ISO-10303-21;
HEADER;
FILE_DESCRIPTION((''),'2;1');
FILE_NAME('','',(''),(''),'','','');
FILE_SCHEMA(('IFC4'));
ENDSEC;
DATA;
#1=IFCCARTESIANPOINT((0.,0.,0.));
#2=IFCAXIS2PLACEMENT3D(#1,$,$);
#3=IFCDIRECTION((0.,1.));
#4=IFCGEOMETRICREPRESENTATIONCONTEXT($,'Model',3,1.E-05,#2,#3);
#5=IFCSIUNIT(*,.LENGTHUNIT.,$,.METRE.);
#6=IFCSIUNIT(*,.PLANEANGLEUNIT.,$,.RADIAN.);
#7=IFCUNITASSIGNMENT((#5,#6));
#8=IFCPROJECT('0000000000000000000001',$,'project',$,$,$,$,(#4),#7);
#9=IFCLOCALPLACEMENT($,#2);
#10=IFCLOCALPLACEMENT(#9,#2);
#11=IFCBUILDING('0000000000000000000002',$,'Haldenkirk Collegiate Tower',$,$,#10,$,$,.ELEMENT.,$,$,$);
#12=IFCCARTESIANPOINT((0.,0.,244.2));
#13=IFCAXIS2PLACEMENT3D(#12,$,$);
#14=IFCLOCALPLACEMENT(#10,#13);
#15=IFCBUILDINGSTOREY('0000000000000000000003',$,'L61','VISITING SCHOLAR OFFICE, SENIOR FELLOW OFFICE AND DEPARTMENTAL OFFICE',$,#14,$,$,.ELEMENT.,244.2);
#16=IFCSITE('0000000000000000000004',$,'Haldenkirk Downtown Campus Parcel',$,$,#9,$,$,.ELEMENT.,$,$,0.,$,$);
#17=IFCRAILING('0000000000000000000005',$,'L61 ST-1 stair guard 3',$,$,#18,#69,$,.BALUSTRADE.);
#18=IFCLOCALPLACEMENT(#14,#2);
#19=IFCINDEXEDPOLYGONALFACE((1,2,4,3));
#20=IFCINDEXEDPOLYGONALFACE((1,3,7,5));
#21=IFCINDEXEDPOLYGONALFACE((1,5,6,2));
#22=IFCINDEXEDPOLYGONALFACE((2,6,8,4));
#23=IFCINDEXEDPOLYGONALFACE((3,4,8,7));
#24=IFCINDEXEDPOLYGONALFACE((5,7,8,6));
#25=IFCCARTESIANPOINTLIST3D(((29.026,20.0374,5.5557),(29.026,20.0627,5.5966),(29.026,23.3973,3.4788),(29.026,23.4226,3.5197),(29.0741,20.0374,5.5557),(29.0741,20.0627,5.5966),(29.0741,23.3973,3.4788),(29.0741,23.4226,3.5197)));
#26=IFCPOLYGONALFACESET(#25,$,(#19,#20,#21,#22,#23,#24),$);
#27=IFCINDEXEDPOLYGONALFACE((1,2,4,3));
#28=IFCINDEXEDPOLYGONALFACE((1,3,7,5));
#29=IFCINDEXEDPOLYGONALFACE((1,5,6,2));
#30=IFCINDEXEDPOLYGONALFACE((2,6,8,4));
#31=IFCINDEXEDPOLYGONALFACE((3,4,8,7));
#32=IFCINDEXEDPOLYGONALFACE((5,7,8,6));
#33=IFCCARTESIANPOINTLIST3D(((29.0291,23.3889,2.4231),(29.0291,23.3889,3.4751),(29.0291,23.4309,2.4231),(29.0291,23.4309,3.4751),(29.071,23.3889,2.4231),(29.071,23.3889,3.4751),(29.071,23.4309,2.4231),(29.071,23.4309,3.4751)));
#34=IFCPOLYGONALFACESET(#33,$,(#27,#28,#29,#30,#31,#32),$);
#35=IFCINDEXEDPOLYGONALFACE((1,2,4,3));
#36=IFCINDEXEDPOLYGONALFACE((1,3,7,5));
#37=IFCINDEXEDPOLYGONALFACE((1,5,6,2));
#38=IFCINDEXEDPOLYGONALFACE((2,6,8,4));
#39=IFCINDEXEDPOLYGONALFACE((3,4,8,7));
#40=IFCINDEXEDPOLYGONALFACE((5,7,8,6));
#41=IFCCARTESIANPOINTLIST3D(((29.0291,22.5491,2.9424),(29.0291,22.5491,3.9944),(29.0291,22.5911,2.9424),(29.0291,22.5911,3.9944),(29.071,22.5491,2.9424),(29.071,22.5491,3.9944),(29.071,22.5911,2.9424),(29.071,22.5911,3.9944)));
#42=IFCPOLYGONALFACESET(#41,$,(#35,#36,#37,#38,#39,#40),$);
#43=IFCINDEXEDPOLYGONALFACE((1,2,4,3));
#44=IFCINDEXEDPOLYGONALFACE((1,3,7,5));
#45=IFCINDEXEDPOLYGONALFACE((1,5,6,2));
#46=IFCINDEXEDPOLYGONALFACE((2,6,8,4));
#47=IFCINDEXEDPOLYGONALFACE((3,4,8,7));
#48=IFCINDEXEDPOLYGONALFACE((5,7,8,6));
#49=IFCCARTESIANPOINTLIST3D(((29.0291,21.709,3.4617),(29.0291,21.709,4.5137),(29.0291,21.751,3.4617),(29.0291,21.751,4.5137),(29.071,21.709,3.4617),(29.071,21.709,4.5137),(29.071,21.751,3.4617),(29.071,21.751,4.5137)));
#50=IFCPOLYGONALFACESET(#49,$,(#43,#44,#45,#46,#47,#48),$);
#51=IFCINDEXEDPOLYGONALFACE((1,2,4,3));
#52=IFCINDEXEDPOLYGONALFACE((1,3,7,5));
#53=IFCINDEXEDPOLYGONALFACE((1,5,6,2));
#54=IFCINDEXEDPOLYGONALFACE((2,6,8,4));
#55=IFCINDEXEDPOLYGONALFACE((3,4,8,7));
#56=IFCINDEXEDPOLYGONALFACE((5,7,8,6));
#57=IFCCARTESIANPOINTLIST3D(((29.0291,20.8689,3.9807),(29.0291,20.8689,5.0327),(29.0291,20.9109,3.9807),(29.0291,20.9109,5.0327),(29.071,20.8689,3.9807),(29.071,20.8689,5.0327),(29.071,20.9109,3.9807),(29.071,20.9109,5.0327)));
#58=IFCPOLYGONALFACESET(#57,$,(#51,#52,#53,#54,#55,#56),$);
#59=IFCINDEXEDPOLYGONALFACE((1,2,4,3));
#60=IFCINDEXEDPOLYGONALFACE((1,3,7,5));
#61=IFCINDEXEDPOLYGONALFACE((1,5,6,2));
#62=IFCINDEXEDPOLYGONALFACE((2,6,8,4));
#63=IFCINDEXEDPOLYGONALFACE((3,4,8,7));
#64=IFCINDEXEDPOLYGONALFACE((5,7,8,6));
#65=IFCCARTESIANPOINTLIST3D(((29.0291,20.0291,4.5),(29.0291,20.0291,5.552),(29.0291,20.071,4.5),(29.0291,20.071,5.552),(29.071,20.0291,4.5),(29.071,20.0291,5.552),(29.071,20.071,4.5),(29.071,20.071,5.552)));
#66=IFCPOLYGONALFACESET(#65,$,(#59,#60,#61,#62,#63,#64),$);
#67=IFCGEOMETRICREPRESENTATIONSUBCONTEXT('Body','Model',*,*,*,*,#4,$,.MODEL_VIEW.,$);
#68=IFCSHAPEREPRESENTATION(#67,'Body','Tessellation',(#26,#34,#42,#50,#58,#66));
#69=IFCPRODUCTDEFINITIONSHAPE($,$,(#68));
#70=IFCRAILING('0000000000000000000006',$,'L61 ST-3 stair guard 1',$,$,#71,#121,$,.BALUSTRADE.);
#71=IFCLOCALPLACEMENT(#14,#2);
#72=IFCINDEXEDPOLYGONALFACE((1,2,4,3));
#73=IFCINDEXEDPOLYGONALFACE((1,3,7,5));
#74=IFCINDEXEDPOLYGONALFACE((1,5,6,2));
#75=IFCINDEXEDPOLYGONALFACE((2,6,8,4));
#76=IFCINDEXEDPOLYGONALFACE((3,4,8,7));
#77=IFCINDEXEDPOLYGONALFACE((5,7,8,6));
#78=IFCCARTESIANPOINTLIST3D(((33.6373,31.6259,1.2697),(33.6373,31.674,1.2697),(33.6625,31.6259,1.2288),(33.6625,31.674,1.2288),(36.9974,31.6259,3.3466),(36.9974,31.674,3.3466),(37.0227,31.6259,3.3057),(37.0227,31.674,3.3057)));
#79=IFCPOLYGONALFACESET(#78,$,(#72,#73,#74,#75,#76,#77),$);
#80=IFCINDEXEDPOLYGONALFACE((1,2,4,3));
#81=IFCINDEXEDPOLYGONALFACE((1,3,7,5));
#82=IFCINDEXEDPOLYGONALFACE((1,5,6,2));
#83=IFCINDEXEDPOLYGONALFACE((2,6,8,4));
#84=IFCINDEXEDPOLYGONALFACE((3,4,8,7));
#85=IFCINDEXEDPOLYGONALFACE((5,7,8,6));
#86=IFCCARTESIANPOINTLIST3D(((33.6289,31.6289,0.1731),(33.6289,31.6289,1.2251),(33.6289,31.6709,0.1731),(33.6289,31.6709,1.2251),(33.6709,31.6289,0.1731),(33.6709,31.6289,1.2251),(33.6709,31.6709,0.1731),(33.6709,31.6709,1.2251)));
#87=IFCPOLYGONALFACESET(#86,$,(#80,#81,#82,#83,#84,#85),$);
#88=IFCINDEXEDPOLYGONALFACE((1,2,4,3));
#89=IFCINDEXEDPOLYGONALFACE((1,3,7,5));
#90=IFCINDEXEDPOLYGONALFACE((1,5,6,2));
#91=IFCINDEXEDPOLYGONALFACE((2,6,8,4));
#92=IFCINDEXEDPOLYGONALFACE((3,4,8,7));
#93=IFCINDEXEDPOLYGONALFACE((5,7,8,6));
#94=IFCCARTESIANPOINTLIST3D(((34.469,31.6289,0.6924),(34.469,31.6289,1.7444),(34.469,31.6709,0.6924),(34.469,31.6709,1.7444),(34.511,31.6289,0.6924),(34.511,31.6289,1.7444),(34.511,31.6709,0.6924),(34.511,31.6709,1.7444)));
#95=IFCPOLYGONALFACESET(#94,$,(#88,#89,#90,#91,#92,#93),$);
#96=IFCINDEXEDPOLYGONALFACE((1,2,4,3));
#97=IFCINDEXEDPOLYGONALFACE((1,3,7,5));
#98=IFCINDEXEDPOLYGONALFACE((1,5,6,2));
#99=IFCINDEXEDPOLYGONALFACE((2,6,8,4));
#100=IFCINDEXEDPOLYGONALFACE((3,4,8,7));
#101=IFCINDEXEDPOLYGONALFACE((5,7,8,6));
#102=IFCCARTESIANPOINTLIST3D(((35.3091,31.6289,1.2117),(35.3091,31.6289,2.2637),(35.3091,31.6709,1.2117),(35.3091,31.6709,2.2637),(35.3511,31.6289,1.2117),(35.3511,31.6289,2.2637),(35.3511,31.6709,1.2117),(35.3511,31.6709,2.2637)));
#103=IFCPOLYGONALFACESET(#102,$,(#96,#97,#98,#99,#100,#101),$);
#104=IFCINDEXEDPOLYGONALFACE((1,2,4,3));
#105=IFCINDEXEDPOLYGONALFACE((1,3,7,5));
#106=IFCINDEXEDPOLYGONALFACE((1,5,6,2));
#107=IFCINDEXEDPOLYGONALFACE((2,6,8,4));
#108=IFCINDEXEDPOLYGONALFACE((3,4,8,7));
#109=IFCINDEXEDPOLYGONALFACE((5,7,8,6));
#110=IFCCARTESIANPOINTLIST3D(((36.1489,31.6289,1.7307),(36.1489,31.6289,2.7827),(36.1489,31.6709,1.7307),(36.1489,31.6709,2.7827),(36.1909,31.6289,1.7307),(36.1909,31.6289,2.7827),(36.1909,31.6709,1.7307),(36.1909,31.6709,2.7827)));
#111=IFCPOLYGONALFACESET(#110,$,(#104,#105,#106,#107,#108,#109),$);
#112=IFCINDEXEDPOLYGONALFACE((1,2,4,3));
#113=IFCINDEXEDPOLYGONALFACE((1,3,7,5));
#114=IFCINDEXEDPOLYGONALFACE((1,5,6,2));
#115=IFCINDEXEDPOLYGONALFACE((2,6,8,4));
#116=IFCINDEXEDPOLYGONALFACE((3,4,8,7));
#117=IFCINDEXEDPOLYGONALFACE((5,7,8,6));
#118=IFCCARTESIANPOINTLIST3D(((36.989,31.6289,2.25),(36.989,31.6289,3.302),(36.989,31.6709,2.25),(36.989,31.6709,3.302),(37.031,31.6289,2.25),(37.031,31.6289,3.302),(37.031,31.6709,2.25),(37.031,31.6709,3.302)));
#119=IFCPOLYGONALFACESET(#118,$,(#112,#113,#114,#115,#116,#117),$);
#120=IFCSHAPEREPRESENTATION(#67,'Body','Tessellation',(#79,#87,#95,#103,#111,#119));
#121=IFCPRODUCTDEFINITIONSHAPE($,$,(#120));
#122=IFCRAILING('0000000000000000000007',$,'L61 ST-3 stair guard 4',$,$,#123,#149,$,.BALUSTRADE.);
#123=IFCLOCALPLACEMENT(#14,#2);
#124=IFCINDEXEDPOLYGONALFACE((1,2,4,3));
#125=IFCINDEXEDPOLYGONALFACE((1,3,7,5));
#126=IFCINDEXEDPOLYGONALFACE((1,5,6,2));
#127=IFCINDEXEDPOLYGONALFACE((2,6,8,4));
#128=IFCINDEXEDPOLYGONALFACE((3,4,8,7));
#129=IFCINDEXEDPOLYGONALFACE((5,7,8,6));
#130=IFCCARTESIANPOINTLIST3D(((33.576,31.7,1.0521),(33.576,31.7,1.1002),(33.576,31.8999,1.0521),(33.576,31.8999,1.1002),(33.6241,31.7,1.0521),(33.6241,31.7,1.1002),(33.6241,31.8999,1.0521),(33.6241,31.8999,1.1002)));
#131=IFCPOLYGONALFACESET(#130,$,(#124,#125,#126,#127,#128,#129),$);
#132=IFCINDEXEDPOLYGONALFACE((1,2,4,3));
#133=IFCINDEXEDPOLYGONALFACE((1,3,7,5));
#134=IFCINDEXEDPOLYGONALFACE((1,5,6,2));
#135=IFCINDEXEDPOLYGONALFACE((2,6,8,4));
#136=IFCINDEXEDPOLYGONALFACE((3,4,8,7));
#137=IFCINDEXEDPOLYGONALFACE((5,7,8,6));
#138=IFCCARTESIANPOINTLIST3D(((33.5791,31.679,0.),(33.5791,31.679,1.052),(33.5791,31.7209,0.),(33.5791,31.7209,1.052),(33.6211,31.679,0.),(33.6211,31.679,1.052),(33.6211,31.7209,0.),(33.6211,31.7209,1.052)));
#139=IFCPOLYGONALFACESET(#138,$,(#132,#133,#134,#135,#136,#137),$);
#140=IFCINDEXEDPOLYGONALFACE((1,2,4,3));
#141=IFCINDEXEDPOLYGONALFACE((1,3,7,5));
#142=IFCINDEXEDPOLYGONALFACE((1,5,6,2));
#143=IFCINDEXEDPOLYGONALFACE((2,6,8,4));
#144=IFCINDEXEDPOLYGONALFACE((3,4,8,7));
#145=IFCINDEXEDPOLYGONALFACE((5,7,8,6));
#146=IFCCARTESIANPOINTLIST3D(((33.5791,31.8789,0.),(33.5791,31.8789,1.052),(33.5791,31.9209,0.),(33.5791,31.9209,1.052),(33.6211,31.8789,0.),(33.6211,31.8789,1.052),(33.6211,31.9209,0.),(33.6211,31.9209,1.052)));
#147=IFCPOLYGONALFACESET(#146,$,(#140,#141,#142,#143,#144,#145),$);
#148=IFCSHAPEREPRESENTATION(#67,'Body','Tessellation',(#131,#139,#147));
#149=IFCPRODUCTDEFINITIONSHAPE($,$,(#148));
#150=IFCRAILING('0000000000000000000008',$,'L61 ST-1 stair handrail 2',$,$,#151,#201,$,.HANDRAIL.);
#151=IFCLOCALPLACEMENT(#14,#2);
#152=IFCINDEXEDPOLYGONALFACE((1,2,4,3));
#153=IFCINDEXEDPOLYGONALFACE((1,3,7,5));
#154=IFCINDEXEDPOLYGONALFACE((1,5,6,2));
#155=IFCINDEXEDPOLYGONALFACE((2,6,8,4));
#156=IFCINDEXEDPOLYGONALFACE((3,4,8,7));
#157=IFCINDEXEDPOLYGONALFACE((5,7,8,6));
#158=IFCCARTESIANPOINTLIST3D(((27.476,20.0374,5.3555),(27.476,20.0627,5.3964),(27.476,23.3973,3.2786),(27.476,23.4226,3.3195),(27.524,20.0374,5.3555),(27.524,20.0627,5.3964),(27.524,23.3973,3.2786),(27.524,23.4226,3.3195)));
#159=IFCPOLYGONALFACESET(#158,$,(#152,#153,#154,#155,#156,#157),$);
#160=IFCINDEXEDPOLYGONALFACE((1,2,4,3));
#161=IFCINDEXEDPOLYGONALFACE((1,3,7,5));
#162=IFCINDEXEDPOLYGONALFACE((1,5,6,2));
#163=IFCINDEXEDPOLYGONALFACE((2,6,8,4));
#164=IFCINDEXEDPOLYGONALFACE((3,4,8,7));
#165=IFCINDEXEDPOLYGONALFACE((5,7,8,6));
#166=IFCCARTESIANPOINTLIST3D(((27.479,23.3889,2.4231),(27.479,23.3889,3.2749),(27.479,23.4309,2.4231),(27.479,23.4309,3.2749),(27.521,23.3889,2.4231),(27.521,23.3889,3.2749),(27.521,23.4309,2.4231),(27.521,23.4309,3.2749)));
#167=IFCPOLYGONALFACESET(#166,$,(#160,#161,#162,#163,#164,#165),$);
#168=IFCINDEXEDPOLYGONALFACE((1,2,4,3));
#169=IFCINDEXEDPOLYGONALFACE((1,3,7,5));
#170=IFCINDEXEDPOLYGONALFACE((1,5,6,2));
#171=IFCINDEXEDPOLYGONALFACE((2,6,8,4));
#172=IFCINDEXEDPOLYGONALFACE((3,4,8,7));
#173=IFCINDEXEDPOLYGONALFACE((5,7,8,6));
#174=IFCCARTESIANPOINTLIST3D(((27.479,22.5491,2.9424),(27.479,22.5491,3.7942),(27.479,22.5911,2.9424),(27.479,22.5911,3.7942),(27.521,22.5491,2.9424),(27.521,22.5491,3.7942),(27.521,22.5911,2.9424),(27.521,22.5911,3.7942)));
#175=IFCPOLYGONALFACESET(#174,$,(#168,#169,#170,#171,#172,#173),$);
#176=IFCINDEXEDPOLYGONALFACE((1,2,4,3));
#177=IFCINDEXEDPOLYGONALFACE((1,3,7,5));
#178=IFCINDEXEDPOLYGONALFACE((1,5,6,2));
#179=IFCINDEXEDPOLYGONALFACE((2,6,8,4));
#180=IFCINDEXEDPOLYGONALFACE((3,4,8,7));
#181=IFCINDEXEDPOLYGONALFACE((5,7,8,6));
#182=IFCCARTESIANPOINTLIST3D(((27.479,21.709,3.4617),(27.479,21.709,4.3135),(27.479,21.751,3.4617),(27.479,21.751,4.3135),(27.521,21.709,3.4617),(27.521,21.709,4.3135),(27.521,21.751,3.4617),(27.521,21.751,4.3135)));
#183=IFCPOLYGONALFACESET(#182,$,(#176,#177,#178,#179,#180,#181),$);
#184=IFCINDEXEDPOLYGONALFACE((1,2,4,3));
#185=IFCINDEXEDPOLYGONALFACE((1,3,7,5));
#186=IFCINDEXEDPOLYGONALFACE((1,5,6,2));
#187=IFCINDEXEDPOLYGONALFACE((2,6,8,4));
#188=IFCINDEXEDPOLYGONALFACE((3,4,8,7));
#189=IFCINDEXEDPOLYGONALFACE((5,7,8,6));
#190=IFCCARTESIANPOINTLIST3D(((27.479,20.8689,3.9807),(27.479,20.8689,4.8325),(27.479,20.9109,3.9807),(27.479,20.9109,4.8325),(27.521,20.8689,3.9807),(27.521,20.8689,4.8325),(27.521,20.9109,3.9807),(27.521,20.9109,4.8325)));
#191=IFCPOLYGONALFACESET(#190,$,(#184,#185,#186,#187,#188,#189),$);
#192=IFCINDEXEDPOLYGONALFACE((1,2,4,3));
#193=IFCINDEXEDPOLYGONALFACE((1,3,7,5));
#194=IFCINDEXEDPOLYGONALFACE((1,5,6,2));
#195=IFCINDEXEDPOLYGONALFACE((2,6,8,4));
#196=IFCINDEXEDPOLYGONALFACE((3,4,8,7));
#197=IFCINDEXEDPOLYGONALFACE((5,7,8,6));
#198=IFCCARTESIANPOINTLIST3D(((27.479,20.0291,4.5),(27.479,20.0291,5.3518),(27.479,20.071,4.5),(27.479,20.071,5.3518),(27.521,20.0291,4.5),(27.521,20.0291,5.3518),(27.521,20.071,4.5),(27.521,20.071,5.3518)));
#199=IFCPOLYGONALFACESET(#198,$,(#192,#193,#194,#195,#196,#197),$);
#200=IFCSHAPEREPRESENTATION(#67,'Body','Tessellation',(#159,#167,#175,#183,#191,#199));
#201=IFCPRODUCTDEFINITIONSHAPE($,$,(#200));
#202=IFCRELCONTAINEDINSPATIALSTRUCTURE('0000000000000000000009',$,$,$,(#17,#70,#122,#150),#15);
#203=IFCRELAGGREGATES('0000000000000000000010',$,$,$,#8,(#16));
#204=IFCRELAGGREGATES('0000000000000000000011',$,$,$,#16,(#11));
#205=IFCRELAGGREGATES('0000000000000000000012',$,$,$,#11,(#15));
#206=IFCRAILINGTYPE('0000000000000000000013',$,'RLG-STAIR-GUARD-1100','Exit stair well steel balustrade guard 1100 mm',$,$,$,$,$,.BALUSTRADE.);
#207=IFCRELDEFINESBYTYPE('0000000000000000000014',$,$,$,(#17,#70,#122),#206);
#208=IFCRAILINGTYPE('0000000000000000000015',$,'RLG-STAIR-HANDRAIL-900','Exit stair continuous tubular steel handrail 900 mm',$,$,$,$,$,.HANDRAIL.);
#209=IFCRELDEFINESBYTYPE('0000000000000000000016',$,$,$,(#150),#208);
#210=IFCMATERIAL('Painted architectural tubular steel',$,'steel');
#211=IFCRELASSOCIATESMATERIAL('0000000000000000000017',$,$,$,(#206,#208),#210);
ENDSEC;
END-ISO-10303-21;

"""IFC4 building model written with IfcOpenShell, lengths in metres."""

from ifc_helpers import new_model, si_unit, direction, frame, origin, origin_2d, place, context, subcontext, project, spatial, rectangle, extrude, material, type_object, element, save


model = new_model("IFC4")

# Units and contexts
model_context = context("Model", 3, precision=1e-05, world=origin(), true_north=direction((0.0, 1.0)))
body_context = subcontext(model_context, "Body", "Model", "MODEL_VIEW")
ifc_project = project(units=[si_unit("LENGTHUNIT", "METRE"), si_unit("PLANEANGLEUNIT", "RADIAN")], contexts=[model_context])

# Site, building, storey
site_placement = place(None, origin())
site = spatial("IfcSite", under=ifc_project, at=site_placement, Name="Haldenkirk Downtown Campus Parcel", CompositionType="ELEMENT", RefElevation=0.0)
building_placement = place(site_placement, origin())
building = spatial("IfcBuilding", under=site, at=building_placement, Name="Haldenkirk Collegiate Tower", CompositionType="ELEMENT")
storey_placement = place(building_placement, frame((0.0, 0.0, 244.2)))
storey = spatial("IfcBuildingStorey", under=building, at=storey_placement, Name="L61", Description="VISITING SCHOLAR OFFICE, SENIOR FELLOW OFFICE AND DEPARTMENTAL OFFICE", CompositionType="ELEMENT", Elevation=244.2)

# Railings
ifc_material_1 = material(Name="Painted architectural tubular steel", Category="steel")
railing_type_1 = type_object("IfcRailingType", Name="RLG-STAIR-GUARD-1100", Description="Exit stair well steel balustrade guard 1100 mm", PredefinedType="BALUSTRADE", material=ifc_material_1)
railing_1_placement = place(storey_placement, frame((29.05, 23.4099, 2.4231)))
element("IfcRailing", 1, at=railing_1_placement, inside=storey, type_object=railing_type_1, Name="L61 ST-1 stair guard 3", PredefinedType="BALUSTRADE", context=body_context, shape_type="SweptSolid", body=[
    extrude(rectangle(XDim=0.0481, YDim=0.0481, at=origin_2d()), frame((0.0, 0.0, 1.0762), z_axis=(0.0, -0.850606, 0.525803), x_axis=(1.0, 0.0, 0.0)), (0.0, 0.0, 1.0), 3.95),
    extrude(rectangle(XDim=0.042, YDim=0.042, at=origin_2d()), origin(), (0.0, 0.0, 1.0), 1.052),
    extrude(rectangle(XDim=0.042, YDim=0.042, at=origin_2d()), frame((0.0, -0.8398, 0.5193)), (0.0, 0.0, 1.0), 1.052),
    extrude(rectangle(XDim=0.042, YDim=0.042, at=origin_2d()), frame((0.0, -1.6799, 1.0386)), (0.0, 0.0, 1.0), 1.052),
    extrude(rectangle(XDim=0.042, YDim=0.042, at=origin_2d()), frame((0.0, -2.52, 1.5576)), (0.0, 0.0, 1.0), 1.052),
    extrude(rectangle(XDim=0.042, YDim=0.042, at=origin_2d()), frame((0.0, -3.3599, 2.0769)), (0.0, 0.0, 1.0), 1.052),
])
railing_2_placement = place(storey_placement, frame((33.6499, 31.6499, 0.1731)))
element("IfcRailing", 2, at=railing_2_placement, inside=storey, type_object=railing_type_1, Name="L61 ST-3 stair guard 1", PredefinedType="BALUSTRADE", context=body_context, shape_type="SweptSolid", body=[
    extrude(rectangle(XDim=0.0481, YDim=0.0481, at=origin_2d()), frame((0.0, 0.0, 1.0762), z_axis=(0.850623, 0.0, 0.525776), x_axis=(0.0, 1.0, 0.0)), (0.0, 0.0, 1.0), 3.9502),
    extrude(rectangle(XDim=0.042, YDim=0.042, at=origin_2d()), origin(), (0.0, 0.0, 1.0), 1.052),
    extrude(rectangle(XDim=0.042, YDim=0.042, at=origin_2d()), frame((0.8401, 0.0, 0.5193)), (0.0, 0.0, 1.0), 1.052),
    extrude(rectangle(XDim=0.042, YDim=0.042, at=origin_2d()), frame((1.6802, 0.0, 1.0386)), (0.0, 0.0, 1.0), 1.052),
    extrude(rectangle(XDim=0.042, YDim=0.042, at=origin_2d()), frame((2.52, 0.0, 1.5576)), (0.0, 0.0, 1.0), 1.052),
    extrude(rectangle(XDim=0.042, YDim=0.042, at=origin_2d()), frame((3.3601, 0.0, 2.0769)), (0.0, 0.0, 1.0), 1.052),
])
railing_3_placement = place(storey_placement, frame((33.6001, 31.7, 0.0)))
element("IfcRailing", 3, at=railing_3_placement, inside=storey, type_object=railing_type_1, Name="L61 ST-3 stair guard 4", PredefinedType="BALUSTRADE", context=body_context, shape_type="SweptSolid", body=[
    extrude(rectangle(XDim=0.0481, YDim=0.0481, at=origin_2d()), frame((0.0, 0.0, 1.0762), z_axis=(0.0, 1.0, 0.0), x_axis=(-1.0, 0.0, 0.0)), (0.0, 0.0, 1.0), 0.2),
    extrude(rectangle(XDim=0.042, YDim=0.042, at=origin_2d()), origin(), (0.0, 0.0, 1.0), 1.052),
    extrude(rectangle(XDim=0.042, YDim=0.042, at=origin_2d()), frame((0.0, 0.2, 0.0)), (0.0, 0.0, 1.0), 1.052),
])
railing_type_2 = type_object("IfcRailingType", Name="RLG-STAIR-HANDRAIL-900", Description="Exit stair continuous tubular steel handrail 900 mm", PredefinedType="HANDRAIL", material=ifc_material_1)
railing_4_placement = place(storey_placement, frame((27.5, 23.4099, 2.4231)))
element("IfcRailing", 4, at=railing_4_placement, inside=storey, type_object=railing_type_2, Name="L61 ST-1 stair handrail 2", PredefinedType="HANDRAIL", context=body_context, shape_type="SweptSolid", body=[
    extrude(rectangle(XDim=0.0481, YDim=0.0481, at=origin_2d()), frame((0.0, 0.0, 0.876), z_axis=(0.0, -0.850606, 0.525803), x_axis=(1.0, 0.0, 0.0)), (0.0, 0.0, 1.0), 3.95),
    extrude(rectangle(XDim=0.042, YDim=0.042, at=origin_2d()), origin(), (0.0, 0.0, 1.0), 0.8518),
    extrude(rectangle(XDim=0.042, YDim=0.042, at=origin_2d()), frame((0.0, -0.8398, 0.5193)), (0.0, 0.0, 1.0), 0.8518),
    extrude(rectangle(XDim=0.042, YDim=0.042, at=origin_2d()), frame((0.0, -1.6799, 1.0386)), (0.0, 0.0, 1.0), 0.8518),
    extrude(rectangle(XDim=0.042, YDim=0.042, at=origin_2d()), frame((0.0, -2.52, 1.5576)), (0.0, 0.0, 1.0), 0.8518),
    extrude(rectangle(XDim=0.042, YDim=0.042, at=origin_2d()), frame((0.0, -3.3599, 2.0769)), (0.0, 0.0, 1.0), 0.8518),
])

save(model, "model.ifc")
